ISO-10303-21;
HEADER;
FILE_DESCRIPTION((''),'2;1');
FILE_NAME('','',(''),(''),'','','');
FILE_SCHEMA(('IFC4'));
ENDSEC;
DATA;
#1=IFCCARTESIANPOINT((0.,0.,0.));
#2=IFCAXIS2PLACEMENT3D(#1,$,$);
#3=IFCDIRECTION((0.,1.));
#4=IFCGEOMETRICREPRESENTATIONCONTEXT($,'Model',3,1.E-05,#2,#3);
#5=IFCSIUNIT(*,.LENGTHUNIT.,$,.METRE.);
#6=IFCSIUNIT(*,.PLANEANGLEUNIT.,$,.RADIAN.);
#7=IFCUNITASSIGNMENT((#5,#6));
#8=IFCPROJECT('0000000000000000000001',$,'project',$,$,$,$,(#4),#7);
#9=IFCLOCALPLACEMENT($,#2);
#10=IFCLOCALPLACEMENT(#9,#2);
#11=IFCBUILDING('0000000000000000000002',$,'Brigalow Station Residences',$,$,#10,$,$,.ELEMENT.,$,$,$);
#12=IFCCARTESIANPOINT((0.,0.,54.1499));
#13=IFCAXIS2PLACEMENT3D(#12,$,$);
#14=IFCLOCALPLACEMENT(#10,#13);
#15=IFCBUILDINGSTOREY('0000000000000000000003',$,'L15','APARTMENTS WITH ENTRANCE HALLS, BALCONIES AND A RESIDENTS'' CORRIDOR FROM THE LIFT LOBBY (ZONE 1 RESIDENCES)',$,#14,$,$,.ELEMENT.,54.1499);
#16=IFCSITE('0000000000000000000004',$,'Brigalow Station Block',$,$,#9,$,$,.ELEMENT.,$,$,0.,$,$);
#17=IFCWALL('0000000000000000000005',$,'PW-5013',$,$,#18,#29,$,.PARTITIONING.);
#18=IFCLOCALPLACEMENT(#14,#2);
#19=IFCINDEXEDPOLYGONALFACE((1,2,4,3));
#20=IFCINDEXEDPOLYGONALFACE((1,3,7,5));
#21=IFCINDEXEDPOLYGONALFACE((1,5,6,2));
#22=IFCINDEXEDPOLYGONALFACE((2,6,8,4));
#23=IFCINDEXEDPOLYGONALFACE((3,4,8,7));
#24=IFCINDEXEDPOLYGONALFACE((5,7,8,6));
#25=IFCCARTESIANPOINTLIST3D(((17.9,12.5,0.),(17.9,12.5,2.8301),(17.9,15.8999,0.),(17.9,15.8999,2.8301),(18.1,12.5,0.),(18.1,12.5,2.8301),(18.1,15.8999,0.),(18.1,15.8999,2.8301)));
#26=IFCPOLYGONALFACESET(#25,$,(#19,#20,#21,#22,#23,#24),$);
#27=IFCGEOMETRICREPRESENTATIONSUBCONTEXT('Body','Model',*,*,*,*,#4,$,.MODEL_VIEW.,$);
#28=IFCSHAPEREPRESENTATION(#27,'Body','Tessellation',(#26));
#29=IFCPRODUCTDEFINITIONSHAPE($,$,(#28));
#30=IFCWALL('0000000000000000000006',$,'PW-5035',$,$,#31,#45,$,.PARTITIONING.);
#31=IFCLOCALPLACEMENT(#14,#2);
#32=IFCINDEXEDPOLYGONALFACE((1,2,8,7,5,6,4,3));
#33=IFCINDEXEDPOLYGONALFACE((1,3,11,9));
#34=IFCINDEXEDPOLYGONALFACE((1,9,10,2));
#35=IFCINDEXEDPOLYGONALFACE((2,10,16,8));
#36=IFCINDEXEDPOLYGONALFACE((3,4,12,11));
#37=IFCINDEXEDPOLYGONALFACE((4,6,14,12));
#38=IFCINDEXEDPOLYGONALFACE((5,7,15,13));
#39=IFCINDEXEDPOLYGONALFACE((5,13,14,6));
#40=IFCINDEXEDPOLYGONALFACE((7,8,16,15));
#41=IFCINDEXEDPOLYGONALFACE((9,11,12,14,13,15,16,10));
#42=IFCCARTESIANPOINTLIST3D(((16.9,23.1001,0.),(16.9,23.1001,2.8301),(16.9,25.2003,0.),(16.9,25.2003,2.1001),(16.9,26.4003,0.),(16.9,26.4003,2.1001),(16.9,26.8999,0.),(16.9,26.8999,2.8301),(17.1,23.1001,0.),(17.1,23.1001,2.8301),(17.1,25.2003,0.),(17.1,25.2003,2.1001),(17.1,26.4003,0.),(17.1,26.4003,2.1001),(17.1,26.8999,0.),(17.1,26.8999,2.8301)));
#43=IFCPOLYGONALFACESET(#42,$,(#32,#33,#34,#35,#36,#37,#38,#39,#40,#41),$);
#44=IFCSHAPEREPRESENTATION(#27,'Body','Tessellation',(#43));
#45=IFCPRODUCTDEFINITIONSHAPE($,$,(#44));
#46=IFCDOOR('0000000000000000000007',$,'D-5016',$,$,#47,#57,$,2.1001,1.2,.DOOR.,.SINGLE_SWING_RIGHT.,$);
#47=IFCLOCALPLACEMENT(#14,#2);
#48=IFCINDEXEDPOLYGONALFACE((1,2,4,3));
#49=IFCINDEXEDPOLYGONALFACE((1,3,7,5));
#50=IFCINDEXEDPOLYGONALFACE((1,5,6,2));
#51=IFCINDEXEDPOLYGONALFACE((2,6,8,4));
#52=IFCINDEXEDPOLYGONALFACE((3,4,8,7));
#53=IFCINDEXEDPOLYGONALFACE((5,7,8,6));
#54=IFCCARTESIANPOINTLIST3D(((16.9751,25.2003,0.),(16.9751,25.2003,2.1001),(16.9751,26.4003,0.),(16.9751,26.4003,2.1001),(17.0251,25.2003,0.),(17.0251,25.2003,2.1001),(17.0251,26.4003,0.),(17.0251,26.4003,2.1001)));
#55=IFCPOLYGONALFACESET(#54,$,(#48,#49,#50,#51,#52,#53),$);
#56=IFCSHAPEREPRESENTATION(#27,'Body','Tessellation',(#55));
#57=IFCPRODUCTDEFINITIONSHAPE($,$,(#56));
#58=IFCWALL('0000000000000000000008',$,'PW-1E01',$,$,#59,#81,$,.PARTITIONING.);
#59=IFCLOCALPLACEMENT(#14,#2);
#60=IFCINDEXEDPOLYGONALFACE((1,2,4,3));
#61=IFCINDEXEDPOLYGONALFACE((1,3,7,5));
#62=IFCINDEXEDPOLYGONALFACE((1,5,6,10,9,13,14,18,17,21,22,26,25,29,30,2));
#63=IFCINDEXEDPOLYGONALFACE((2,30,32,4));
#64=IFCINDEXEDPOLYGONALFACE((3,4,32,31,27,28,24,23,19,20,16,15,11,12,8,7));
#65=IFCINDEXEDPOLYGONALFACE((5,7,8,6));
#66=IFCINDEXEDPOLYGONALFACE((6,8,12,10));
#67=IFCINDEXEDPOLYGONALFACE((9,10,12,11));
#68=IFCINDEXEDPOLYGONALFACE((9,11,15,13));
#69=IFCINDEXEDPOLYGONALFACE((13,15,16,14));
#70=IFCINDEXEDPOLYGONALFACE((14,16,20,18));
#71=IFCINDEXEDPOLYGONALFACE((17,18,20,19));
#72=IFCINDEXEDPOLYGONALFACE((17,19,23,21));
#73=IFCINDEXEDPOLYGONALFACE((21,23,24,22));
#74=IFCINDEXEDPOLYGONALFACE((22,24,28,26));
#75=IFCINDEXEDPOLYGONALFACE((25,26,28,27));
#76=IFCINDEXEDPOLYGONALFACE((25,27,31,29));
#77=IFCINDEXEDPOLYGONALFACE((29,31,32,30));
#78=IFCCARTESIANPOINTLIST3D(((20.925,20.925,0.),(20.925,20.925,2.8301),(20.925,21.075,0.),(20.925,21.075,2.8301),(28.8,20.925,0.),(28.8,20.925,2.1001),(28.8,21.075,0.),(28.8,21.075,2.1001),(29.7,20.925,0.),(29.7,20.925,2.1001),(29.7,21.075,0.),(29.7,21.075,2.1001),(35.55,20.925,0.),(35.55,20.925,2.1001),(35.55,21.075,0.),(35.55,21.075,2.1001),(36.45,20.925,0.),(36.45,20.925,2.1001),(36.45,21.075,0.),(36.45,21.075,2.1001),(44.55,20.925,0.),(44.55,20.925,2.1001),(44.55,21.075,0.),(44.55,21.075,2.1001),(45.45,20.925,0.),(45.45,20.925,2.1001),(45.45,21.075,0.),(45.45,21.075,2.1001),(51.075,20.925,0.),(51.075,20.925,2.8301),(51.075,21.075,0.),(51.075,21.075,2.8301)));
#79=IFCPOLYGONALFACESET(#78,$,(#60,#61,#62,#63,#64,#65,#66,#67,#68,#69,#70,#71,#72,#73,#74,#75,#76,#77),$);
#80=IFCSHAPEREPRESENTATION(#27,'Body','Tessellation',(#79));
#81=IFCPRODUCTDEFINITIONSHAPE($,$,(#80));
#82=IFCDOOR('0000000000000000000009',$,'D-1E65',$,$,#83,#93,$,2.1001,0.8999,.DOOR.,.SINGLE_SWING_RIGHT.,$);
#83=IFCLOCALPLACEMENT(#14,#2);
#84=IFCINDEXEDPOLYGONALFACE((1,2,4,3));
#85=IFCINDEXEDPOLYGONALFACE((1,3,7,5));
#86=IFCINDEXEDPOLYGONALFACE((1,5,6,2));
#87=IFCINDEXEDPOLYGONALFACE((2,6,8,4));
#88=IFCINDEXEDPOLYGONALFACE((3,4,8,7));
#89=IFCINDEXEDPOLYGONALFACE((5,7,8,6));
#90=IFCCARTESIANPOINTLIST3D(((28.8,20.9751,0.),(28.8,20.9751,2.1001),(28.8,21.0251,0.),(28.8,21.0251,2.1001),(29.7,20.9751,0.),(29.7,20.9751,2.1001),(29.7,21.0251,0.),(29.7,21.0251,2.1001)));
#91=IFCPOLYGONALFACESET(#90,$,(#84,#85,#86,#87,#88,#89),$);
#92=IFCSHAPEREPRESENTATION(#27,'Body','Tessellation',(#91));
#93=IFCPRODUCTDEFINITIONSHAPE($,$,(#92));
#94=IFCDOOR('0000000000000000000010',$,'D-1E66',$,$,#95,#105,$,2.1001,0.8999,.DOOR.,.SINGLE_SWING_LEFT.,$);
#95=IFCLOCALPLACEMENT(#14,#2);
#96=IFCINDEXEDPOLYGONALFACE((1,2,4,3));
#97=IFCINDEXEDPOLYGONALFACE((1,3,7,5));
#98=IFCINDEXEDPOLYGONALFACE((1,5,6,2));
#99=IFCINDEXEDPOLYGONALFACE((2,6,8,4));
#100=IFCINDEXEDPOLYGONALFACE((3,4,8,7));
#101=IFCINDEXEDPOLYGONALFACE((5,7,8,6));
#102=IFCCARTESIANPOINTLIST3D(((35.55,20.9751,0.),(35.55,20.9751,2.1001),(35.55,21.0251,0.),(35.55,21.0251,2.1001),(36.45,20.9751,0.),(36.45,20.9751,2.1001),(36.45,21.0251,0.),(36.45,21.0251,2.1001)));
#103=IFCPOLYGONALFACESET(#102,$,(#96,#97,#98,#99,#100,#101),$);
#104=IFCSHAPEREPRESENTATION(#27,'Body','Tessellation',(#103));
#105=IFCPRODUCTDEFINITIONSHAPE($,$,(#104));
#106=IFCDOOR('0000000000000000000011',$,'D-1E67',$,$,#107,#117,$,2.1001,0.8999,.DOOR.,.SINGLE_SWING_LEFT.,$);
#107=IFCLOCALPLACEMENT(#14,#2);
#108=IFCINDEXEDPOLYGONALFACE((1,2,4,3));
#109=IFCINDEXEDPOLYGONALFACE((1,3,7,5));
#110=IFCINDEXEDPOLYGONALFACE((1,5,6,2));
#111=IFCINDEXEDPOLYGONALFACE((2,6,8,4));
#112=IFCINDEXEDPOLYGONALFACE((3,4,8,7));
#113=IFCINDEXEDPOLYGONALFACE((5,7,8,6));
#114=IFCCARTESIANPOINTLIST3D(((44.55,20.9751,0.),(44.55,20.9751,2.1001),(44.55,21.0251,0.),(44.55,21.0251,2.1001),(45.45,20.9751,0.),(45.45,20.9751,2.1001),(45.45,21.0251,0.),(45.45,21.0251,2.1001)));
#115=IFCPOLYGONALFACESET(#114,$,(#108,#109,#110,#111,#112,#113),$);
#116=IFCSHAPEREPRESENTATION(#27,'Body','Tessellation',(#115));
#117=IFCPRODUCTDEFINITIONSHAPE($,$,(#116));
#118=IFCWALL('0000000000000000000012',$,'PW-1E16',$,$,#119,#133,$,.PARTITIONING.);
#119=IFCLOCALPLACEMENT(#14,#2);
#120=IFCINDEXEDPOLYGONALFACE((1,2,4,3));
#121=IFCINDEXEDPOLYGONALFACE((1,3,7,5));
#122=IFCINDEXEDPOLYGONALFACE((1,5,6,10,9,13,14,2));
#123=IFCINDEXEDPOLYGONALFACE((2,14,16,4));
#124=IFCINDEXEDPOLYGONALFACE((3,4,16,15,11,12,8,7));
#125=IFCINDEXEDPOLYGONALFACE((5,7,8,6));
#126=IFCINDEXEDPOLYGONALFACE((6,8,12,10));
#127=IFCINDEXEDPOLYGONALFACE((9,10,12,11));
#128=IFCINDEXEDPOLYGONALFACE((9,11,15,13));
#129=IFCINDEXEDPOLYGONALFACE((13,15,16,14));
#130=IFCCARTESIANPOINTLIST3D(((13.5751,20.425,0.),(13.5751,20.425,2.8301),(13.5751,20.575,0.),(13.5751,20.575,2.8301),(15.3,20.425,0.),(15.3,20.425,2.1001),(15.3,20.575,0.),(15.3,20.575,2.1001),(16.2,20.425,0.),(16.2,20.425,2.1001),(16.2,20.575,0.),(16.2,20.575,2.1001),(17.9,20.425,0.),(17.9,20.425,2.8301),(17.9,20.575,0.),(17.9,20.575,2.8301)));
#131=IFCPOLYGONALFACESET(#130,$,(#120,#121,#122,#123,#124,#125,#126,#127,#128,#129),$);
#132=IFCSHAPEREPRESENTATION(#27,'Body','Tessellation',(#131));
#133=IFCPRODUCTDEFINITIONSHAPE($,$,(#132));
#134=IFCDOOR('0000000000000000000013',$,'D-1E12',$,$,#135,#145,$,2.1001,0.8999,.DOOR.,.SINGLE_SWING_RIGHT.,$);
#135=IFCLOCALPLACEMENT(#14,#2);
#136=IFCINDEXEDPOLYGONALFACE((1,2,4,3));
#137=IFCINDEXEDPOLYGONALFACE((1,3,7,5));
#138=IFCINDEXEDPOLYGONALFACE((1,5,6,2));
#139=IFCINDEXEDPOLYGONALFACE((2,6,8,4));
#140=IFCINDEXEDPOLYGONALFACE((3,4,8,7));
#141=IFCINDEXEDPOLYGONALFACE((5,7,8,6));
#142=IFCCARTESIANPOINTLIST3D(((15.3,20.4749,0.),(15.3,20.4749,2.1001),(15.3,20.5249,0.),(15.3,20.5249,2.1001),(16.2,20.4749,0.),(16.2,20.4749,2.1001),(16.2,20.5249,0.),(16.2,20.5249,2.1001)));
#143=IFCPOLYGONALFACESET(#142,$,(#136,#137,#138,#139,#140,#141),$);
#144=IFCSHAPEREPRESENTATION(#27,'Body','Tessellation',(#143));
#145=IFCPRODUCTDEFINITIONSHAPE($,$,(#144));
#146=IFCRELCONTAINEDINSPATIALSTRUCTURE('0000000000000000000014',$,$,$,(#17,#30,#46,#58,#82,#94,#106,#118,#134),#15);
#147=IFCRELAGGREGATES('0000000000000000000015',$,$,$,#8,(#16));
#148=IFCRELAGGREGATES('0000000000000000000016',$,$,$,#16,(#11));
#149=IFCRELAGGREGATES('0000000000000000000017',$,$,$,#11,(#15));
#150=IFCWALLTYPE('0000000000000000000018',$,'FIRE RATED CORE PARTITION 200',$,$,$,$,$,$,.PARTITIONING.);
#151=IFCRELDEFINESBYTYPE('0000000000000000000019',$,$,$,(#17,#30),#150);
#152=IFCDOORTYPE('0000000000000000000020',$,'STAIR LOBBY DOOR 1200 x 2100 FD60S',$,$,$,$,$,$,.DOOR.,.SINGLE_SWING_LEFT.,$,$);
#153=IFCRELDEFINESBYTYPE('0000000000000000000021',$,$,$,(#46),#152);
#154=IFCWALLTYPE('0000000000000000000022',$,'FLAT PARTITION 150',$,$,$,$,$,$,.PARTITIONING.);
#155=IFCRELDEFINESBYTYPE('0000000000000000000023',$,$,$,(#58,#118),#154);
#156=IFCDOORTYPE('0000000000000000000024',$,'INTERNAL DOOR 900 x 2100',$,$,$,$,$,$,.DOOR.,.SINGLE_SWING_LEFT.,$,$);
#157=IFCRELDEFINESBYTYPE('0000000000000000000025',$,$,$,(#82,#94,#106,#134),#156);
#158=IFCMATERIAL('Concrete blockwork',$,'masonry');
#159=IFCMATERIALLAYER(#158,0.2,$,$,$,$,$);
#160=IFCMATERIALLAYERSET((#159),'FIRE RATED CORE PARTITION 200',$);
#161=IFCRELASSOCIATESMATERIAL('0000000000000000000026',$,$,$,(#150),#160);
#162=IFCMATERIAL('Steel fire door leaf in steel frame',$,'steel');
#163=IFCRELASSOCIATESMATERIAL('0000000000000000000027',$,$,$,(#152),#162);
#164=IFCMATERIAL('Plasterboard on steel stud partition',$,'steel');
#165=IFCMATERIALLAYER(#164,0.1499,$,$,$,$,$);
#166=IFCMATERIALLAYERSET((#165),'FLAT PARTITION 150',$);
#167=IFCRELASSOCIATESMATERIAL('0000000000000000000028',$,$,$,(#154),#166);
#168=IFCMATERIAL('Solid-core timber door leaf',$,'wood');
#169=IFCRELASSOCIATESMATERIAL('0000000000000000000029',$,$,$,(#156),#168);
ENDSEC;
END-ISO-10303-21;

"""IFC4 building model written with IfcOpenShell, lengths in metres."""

from ifc_helpers import new_model, si_unit, direction, frame, frame_2d, origin, place, context, subcontext, project, spatial, rectangle, extrude, material, layer, layer_set, type_object, element, fill, save


model = new_model("IFC4")

# Units and contexts
model_context = context("Model", 3, precision=1e-05, world=origin(), true_north=direction((0.0, 1.0)))
body_context = subcontext(model_context, "Body", "Model", "MODEL_VIEW")
ifc_project = project(units=[si_unit("LENGTHUNIT", "METRE"), si_unit("PLANEANGLEUNIT", "RADIAN")], contexts=[model_context])

# Site, building, storey
site_placement = place(None, origin())
site = spatial("IfcSite", under=ifc_project, at=site_placement, Name="Brigalow Station Block", CompositionType="ELEMENT", RefElevation=0.0)
building_placement = place(site_placement, origin())
building = spatial("IfcBuilding", under=site, at=building_placement, Name="Brigalow Station Residences", CompositionType="ELEMENT")
storey_placement = place(building_placement, frame((0.0, 0.0, 54.1499)))
storey = spatial("IfcBuildingStorey", under=building, at=storey_placement, Name="L15", Description="APARTMENTS WITH ENTRANCE HALLS, BALCONIES AND A RESIDENTS' CORRIDOR FROM THE LIFT LOBBY (ZONE 1 RESIDENCES)", CompositionType="ELEMENT", Elevation=54.1499)

# Wall
ifc_material_1 = material(Name="Concrete blockwork", Category="masonry")
ifc_layer_1 = layer(ifc_material_1, 0.2)
ifc_layer_set_1 = layer_set([ifc_layer_1], Name="FIRE RATED CORE PARTITION 200")
wall_type_1 = type_object("IfcWallType", Name="FIRE RATED CORE PARTITION 200", PredefinedType="PARTITIONING", material=ifc_layer_set_1)
wall_1_placement = place(storey_placement, frame((18.0, 12.5, 0.0), z_axis=(0.0, 0.0, 1.0), x_axis=(0.0, 1.0, 0.0)))
element("IfcWall", 1, at=wall_1_placement, inside=storey, type_object=wall_type_1, Name="PW-5013", PredefinedType="PARTITIONING", context=body_context, shape_type="SweptSolid", body=[
    extrude(rectangle(XDim=3.3999, YDim=0.2, at=frame_2d((1.7, 0.0))), origin(), (0.0, 0.0, 1.0), 2.8301),
])

# Wall, opening, door
wall_2_placement = place(storey_placement, frame((17.0, 23.1001, 0.0), z_axis=(0.0, 0.0, 1.0), x_axis=(0.0, 1.0, 0.0)))
wall_2 = element("IfcWall", 2, at=wall_2_placement, inside=storey, type_object=wall_type_1, Name="PW-5035", PredefinedType="PARTITIONING", context=body_context, shape_type="SweptSolid", body=[
    extrude(rectangle(XDim=3.7998, YDim=0.2, at=frame_2d((1.8999, 0.0))), origin(), (0.0, 0.0, 1.0), 2.8301),
])
opening_1_placement = place(wall_2_placement, frame((2.1001, 0.0, 0.0)))
opening_1 = element("IfcOpeningElement", 3, at=opening_1_placement, cuts=wall_2, PredefinedType="OPENING", context=body_context, shape_type="SweptSolid", body=[
    extrude(rectangle(XDim=1.2, YDim=2.1001, at=frame_2d((0.6001, 1.05))), frame((0.0, 0.1099, 0.0), z_axis=(0.0, -1.0, 0.0), x_axis=(1.0, 0.0, 0.0)), (0.0, 0.0, 1.0), 0.22),
])
ifc_material_2 = material(Name="Steel fire door leaf in steel frame", Category="steel")
door_type_1 = type_object("IfcDoorType", Name="STAIR LOBBY DOOR 1200 x 2100 FD60S", OperationType="SINGLE_SWING_LEFT", PredefinedType="DOOR", material=ifc_material_2)
door_1_placement = place(opening_1_placement, origin())
door_1 = element("IfcDoor", 4, at=door_1_placement, inside=storey, type_object=door_type_1, Name="D-5016", OperationType="SINGLE_SWING_RIGHT", OverallHeight=2.1001, OverallWidth=1.2, PredefinedType="DOOR", context=body_context, shape_type="SweptSolid", body=[
    extrude(rectangle(XDim=1.2, YDim=2.1001, at=frame_2d((0.6001, 1.05))), frame((0.0, 0.0249, 0.0), z_axis=(0.0, -1.0, 0.0), x_axis=(1.0, 0.0, 0.0)), (0.0, 0.0, 1.0), 0.05),
])
fill(opening_1, door_1)

# Wall, openings, doors
ifc_material_3 = material(Name="Plasterboard on steel stud partition", Category="steel")
ifc_layer_2 = layer(ifc_material_3, 0.1499)
ifc_layer_set_2 = layer_set([ifc_layer_2], Name="FLAT PARTITION 150")
wall_type_2 = type_object("IfcWallType", Name="FLAT PARTITION 150", PredefinedType="PARTITIONING", material=ifc_layer_set_2)
wall_3_placement = place(storey_placement, frame((20.925, 21.0, 0.0), z_axis=(0.0, 0.0, 1.0), x_axis=(1.0, 0.0, 0.0)))
wall_3 = element("IfcWall", 5, at=wall_3_placement, inside=storey, type_object=wall_type_2, Name="PW-1E01", PredefinedType="PARTITIONING", context=body_context, shape_type="SweptSolid", body=[
    extrude(rectangle(XDim=30.1499, YDim=0.1499, at=frame_2d((15.075, 0.0))), origin(), (0.0, 0.0, 1.0), 2.8301),
])
opening_2_placement = place(wall_3_placement, frame((7.875, 0.0, 0.0)))
opening_2 = element("IfcOpeningElement", 6, at=opening_2_placement, cuts=wall_3, PredefinedType="OPENING", context=body_context, shape_type="SweptSolid", body=[
    extrude(rectangle(XDim=0.8999, YDim=2.1001, at=frame_2d((0.45, 1.05))), frame((0.0, 0.085, 0.0), z_axis=(0.0, -1.0, 0.0), x_axis=(1.0, 0.0, 0.0)), (0.0, 0.0, 1.0), 0.1699),
])
opening_3_placement = place(wall_3_placement, frame((14.625, 0.0, 0.0)))
opening_3 = element("IfcOpeningElement", 7, at=opening_3_placement, cuts=wall_3, PredefinedType="OPENING", context=body_context, shape_type="SweptSolid", body=[
    extrude(rectangle(XDim=0.8999, YDim=2.1001, at=frame_2d((0.45, 1.05))), frame((0.0, 0.085, 0.0), z_axis=(0.0, -1.0, 0.0), x_axis=(1.0, 0.0, 0.0)), (0.0, 0.0, 1.0), 0.1699),
])
opening_4_placement = place(wall_3_placement, frame((23.625, 0.0, 0.0)))
opening_4 = element("IfcOpeningElement", 8, at=opening_4_placement, cuts=wall_3, PredefinedType="OPENING", context=body_context, shape_type="SweptSolid", body=[
    extrude(rectangle(XDim=0.8999, YDim=2.1001, at=frame_2d((0.45, 1.05))), frame((0.0, 0.085, 0.0), z_axis=(0.0, -1.0, 0.0), x_axis=(1.0, 0.0, 0.0)), (0.0, 0.0, 1.0), 0.1699),
])
ifc_material_4 = material(Name="Solid-core timber door leaf", Category="wood")
door_type_2 = type_object("IfcDoorType", Name="INTERNAL DOOR 900 x 2100", OperationType="SINGLE_SWING_LEFT", PredefinedType="DOOR", material=ifc_material_4)
door_2_placement = place(opening_2_placement, frame((0.8999, 0.0, 0.0), z_axis=(0.0, 0.0, 1.0), x_axis=(-1.0, 0.0, 0.0)))
door_2 = element("IfcDoor", 9, at=door_2_placement, inside=storey, type_object=door_type_2, Name="D-1E65", OperationType="SINGLE_SWING_RIGHT", OverallHeight=2.1001, OverallWidth=0.8999, PredefinedType="DOOR", context=body_context, shape_type="SweptSolid", body=[
    extrude(rectangle(XDim=0.8999, YDim=2.1001, at=frame_2d((0.45, 1.05))), frame((0.0, 0.0249, 0.0), z_axis=(0.0, -1.0, 0.0), x_axis=(1.0, 0.0, 0.0)), (0.0, 0.0, 1.0), 0.05),
])
fill(opening_2, door_2)
door_3_placement = place(opening_3_placement, frame((0.8999, 0.0, 0.0), z_axis=(0.0, 0.0, 1.0), x_axis=(-1.0, 0.0, 0.0)))
door_3 = element("IfcDoor", 10, at=door_3_placement, inside=storey, type_object=door_type_2, Name="D-1E66", OperationType="SINGLE_SWING_LEFT", OverallHeight=2.1001, OverallWidth=0.8999, PredefinedType="DOOR", context=body_context, shape_type="SweptSolid", body=[
    extrude(rectangle(XDim=0.8999, YDim=2.1001, at=frame_2d((0.45, 1.05))), frame((0.0, 0.0249, 0.0), z_axis=(0.0, -1.0, 0.0), x_axis=(1.0, 0.0, 0.0)), (0.0, 0.0, 1.0), 0.05),
])
fill(opening_3, door_3)
door_4_placement = place(opening_4_placement, frame((0.8999, 0.0, 0.0), z_axis=(0.0, 0.0, 1.0), x_axis=(-1.0, 0.0, 0.0)))
door_4 = element("IfcDoor", 11, at=door_4_placement, inside=storey, type_object=door_type_2, Name="D-1E67", OperationType="SINGLE_SWING_LEFT", OverallHeight=2.1001, OverallWidth=0.8999, PredefinedType="DOOR", context=body_context, shape_type="SweptSolid", body=[
    extrude(rectangle(XDim=0.8999, YDim=2.1001, at=frame_2d((0.45, 1.05))), frame((0.0, 0.0249, 0.0), z_axis=(0.0, -1.0, 0.0), x_axis=(1.0, 0.0, 0.0)), (0.0, 0.0, 1.0), 0.05),
])
fill(opening_4, door_4)

# Wall, opening, door
wall_4_placement = place(storey_placement, frame((13.575, 20.5, 0.0), z_axis=(0.0, 0.0, 1.0), x_axis=(1.0, 0.0, 0.0)))
wall_4 = element("IfcWall", 12, at=wall_4_placement, inside=storey, type_object=wall_type_2, Name="PW-1E16", PredefinedType="PARTITIONING", context=body_context, shape_type="SweptSolid", body=[
    extrude(rectangle(XDim=4.325, YDim=0.1499, at=frame_2d((2.1626, 0.0))), origin(), (0.0, 0.0, 1.0), 2.8301),
])
opening_5_placement = place(wall_4_placement, frame((1.7251, 0.0, 0.0)))
opening_5 = element("IfcOpeningElement", 13, at=opening_5_placement, cuts=wall_4, PredefinedType="OPENING", context=body_context, shape_type="SweptSolid", body=[
    extrude(rectangle(XDim=0.8999, YDim=2.1001, at=frame_2d((0.45, 1.05))), frame((0.0, 0.085, 0.0), z_axis=(0.0, -1.0, 0.0), x_axis=(1.0, 0.0, 0.0)), (0.0, 0.0, 1.0), 0.1699),
])
door_5_placement = place(opening_5_placement, origin())
door_5 = element("IfcDoor", 14, at=door_5_placement, inside=storey, type_object=door_type_2, Name="D-1E12", OperationType="SINGLE_SWING_RIGHT", OverallHeight=2.1001, OverallWidth=0.8999, PredefinedType="DOOR", context=body_context, shape_type="SweptSolid", body=[
    extrude(rectangle(XDim=0.8999, YDim=2.1001, at=frame_2d((0.45, 1.05))), frame((0.0, 0.0249, 0.0), z_axis=(0.0, -1.0, 0.0), x_axis=(1.0, 0.0, 0.0)), (0.0, 0.0, 1.0), 0.05),
])
fill(opening_5, door_5)

save(model, "model.ifc")
